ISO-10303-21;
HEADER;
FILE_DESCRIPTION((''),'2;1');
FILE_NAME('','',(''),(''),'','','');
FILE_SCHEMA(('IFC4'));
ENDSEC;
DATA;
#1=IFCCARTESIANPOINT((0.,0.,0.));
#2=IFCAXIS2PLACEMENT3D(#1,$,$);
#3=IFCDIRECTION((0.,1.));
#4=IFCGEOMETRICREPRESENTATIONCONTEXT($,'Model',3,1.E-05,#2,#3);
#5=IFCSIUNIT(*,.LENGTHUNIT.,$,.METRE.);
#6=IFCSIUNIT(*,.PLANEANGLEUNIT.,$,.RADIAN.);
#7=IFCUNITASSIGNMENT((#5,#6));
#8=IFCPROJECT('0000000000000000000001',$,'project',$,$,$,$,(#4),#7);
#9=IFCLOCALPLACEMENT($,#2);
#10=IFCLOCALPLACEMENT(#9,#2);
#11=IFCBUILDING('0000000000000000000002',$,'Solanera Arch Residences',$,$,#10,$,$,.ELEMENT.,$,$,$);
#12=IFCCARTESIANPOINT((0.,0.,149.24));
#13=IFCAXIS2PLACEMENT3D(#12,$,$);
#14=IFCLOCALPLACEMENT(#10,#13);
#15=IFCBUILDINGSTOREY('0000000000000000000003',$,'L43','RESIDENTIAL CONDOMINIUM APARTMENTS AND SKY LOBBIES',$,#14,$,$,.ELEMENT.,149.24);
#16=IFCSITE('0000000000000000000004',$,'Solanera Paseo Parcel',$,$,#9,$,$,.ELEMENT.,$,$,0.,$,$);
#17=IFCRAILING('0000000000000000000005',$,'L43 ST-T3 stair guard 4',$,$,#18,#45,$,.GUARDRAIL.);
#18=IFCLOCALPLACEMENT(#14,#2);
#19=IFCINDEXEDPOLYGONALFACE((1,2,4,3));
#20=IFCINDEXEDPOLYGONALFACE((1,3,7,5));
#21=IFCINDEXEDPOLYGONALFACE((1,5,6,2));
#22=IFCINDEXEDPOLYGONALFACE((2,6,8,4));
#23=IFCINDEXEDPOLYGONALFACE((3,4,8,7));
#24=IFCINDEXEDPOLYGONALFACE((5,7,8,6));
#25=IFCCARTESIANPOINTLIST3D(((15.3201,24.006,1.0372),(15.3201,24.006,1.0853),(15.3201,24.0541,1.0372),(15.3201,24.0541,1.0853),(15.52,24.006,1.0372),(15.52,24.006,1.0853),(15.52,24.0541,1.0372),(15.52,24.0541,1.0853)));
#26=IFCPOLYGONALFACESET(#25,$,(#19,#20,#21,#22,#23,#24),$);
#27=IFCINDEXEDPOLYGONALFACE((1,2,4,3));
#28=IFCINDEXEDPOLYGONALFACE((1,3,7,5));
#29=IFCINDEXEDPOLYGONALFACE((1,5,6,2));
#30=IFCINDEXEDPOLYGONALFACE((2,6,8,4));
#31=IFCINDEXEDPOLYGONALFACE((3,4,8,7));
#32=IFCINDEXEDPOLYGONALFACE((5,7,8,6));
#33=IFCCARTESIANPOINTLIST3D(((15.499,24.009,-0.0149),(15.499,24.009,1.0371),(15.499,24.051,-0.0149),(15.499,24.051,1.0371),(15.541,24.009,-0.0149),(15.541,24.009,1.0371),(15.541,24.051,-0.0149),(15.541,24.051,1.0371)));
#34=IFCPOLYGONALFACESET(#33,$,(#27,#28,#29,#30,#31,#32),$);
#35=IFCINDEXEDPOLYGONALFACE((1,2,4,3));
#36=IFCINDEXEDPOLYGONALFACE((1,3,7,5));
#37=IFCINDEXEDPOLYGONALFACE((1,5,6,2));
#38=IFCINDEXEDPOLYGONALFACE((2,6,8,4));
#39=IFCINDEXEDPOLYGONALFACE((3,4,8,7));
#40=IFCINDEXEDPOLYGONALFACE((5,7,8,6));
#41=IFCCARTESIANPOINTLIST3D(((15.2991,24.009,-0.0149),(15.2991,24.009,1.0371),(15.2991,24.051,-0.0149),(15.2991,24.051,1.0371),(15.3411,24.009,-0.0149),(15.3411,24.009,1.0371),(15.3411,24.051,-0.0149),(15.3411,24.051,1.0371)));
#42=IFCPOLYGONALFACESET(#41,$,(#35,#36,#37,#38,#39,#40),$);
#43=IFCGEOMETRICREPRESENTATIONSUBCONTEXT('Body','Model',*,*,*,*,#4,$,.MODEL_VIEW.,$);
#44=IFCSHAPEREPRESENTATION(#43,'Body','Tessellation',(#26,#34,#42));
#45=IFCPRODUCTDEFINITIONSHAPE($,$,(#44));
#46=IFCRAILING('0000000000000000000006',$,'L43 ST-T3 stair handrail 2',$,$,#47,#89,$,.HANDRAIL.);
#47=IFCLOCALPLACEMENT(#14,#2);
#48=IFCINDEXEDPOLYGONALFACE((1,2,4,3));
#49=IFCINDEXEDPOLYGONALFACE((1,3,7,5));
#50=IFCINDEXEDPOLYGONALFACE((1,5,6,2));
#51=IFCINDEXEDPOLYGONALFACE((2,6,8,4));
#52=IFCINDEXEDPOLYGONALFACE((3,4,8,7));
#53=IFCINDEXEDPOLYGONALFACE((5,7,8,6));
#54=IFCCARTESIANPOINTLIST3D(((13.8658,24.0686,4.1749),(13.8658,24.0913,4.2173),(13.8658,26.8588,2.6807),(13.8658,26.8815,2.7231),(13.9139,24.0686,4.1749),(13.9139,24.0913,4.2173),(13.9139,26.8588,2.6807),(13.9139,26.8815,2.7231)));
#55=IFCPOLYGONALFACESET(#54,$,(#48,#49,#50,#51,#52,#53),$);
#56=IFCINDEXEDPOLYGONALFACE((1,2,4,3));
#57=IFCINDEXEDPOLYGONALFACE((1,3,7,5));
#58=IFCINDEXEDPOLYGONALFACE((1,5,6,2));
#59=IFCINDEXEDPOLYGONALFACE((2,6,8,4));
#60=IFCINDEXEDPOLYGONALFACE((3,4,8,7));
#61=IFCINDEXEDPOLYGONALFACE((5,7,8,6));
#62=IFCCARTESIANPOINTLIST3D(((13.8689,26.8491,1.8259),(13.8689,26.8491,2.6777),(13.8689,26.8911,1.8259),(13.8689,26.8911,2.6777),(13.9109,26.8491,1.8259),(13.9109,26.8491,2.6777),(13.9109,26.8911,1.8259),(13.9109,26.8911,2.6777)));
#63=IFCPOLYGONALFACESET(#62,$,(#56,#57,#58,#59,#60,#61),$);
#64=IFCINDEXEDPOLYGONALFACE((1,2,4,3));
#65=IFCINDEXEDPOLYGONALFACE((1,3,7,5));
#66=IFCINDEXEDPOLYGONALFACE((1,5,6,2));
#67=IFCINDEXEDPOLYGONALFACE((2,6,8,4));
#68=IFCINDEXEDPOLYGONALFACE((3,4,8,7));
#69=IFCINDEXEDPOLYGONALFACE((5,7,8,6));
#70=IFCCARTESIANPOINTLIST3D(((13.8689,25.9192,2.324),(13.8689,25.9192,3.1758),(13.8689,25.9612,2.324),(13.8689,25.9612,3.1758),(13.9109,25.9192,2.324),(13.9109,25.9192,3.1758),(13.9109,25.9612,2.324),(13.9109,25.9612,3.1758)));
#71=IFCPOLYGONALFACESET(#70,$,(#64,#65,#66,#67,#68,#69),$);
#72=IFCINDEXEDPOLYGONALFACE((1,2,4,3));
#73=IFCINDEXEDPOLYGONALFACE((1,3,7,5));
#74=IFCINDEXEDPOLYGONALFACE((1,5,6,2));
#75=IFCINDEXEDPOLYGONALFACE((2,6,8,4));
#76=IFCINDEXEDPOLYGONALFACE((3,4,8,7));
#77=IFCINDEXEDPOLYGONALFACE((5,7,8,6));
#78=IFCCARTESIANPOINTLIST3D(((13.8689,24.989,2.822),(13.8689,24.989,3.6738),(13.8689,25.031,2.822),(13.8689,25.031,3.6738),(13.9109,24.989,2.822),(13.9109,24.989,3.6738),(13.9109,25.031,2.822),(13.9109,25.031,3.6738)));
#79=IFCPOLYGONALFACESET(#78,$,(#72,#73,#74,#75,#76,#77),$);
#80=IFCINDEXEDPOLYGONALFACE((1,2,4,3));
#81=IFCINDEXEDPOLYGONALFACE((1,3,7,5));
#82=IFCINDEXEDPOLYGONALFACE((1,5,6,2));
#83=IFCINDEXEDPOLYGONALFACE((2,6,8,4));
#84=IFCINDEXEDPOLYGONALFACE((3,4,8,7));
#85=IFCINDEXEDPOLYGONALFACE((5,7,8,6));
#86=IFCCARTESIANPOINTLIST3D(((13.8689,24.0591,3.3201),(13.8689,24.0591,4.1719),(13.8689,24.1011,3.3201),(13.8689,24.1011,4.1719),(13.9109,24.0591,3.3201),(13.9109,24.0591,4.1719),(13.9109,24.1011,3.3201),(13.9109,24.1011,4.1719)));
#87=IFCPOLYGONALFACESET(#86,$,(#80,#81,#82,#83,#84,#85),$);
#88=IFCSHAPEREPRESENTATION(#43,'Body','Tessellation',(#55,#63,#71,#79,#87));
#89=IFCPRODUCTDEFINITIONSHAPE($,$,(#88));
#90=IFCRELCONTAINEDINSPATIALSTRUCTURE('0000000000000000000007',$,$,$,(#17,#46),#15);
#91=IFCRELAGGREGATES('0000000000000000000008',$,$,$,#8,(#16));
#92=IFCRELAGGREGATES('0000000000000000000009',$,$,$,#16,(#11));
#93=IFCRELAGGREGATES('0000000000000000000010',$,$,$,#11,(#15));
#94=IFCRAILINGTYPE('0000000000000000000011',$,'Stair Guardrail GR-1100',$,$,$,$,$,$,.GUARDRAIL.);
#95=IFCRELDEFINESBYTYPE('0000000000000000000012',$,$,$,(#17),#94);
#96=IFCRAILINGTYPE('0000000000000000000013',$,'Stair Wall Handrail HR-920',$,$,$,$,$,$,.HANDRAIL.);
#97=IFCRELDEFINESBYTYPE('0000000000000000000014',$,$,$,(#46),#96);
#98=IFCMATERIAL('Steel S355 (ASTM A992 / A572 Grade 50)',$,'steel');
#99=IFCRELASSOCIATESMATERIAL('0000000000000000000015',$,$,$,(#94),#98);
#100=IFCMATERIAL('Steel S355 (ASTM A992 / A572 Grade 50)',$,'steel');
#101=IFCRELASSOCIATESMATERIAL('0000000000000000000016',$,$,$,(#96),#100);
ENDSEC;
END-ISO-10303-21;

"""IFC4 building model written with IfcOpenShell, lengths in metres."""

from ifc_helpers import new_model, si_unit, direction, frame, origin, origin_2d, place, context, subcontext, project, spatial, rectangle, extrude, material, type_object, element, save


model = new_model("IFC4")

# Units and contexts
model_context = context("Model", 3, precision=1e-05, world=origin(), true_north=direction((0.0, 1.0)))
body_context = subcontext(model_context, "Body", "Model", "MODEL_VIEW")
ifc_project = project(units=[si_unit("LENGTHUNIT", "METRE"), si_unit("PLANEANGLEUNIT", "RADIAN")], contexts=[model_context])

# Site, building, storey
site_placement = place(None, origin())
site = spatial("IfcSite", under=ifc_project, at=site_placement, Name="Solanera Paseo Parcel", CompositionType="ELEMENT", RefElevation=0.0)
building_placement = place(site_placement, origin())
building = spatial("IfcBuilding", under=site, at=building_placement, Name="Solanera Arch Residences", CompositionType="ELEMENT")
storey_placement = place(building_placement, frame((0.0, 0.0, 149.24)))
storey = spatial("IfcBuildingStorey", under=building, at=storey_placement, Name="L43", Description="RESIDENTIAL CONDOMINIUM APARTMENTS AND SKY LOBBIES", CompositionType="ELEMENT", Elevation=149.24)

# Railings
ifc_material_1 = material(Name="Steel S355 (ASTM A992 / A572 Grade 50)", Category="steel")
railing_type_1 = type_object("IfcRailingType", Name="Stair Guardrail GR-1100", PredefinedType="GUARDRAIL", material=ifc_material_1)
railing_1_placement = place(storey_placement, frame((15.52, 24.03, -0.0149)))
element("IfcRailing", 1, at=railing_1_placement, inside=storey, type_object=railing_type_1, Name="L43 ST-T3 stair guard 4", PredefinedType="GUARDRAIL", context=body_context, shape_type="SweptSolid", body=[
    extrude(rectangle(XDim=0.0481, YDim=0.0481, at=origin_2d()), frame((0.0, 0.0, 1.0762), z_axis=(-1.0, 0.0, 0.0), x_axis=(0.0, -1.0, 0.0)), (0.0, 0.0, 1.0), 0.2),
    extrude(rectangle(XDim=0.042, YDim=0.042, at=origin_2d()), origin(), (0.0, 0.0, 1.0), 1.052),
    extrude(rectangle(XDim=0.042, YDim=0.042, at=origin_2d()), frame((-0.2, 0.0, 0.0)), (0.0, 0.0, 1.0), 1.052),
])
ifc_material_2 = material(Name="Steel S355 (ASTM A992 / A572 Grade 50)", Category="steel")
railing_type_2 = type_object("IfcRailingType", Name="Stair Wall Handrail HR-920", PredefinedType="HANDRAIL", material=ifc_material_2)
railing_2_placement = place(storey_placement, frame((13.8899, 26.8701, 1.8259)))
element("IfcRailing", 2, at=railing_2_placement, inside=storey, type_object=railing_type_2, Name="L43 ST-T3 stair handrail 2", PredefinedType="HANDRAIL", context=body_context, shape_type="SweptSolid", body=[
    extrude(rectangle(XDim=0.0481, YDim=0.0481, at=origin_2d()), frame((0.0, 0.0, 0.876), z_axis=(0.0, -0.881549, 0.472093), x_axis=(1.0, 0.0, 0.0)), (0.0, 0.0, 1.0), 3.165),
    extrude(rectangle(XDim=0.042, YDim=0.042, at=origin_2d()), origin(), (0.0, 0.0, 1.0), 0.8518),
    extrude(rectangle(XDim=0.042, YDim=0.042, at=origin_2d()), frame((0.0, -0.9299, 0.498)), (0.0, 0.0, 1.0), 0.8518),
    extrude(rectangle(XDim=0.042, YDim=0.042, at=origin_2d()), frame((0.0, -1.8601, 0.9961)), (0.0, 0.0, 1.0), 0.8518),
    extrude(rectangle(XDim=0.042, YDim=0.042, at=origin_2d()), frame((0.0, -2.79, 1.4941)), (0.0, 0.0, 1.0), 0.8518),
])

save(model, "model.ifc")
